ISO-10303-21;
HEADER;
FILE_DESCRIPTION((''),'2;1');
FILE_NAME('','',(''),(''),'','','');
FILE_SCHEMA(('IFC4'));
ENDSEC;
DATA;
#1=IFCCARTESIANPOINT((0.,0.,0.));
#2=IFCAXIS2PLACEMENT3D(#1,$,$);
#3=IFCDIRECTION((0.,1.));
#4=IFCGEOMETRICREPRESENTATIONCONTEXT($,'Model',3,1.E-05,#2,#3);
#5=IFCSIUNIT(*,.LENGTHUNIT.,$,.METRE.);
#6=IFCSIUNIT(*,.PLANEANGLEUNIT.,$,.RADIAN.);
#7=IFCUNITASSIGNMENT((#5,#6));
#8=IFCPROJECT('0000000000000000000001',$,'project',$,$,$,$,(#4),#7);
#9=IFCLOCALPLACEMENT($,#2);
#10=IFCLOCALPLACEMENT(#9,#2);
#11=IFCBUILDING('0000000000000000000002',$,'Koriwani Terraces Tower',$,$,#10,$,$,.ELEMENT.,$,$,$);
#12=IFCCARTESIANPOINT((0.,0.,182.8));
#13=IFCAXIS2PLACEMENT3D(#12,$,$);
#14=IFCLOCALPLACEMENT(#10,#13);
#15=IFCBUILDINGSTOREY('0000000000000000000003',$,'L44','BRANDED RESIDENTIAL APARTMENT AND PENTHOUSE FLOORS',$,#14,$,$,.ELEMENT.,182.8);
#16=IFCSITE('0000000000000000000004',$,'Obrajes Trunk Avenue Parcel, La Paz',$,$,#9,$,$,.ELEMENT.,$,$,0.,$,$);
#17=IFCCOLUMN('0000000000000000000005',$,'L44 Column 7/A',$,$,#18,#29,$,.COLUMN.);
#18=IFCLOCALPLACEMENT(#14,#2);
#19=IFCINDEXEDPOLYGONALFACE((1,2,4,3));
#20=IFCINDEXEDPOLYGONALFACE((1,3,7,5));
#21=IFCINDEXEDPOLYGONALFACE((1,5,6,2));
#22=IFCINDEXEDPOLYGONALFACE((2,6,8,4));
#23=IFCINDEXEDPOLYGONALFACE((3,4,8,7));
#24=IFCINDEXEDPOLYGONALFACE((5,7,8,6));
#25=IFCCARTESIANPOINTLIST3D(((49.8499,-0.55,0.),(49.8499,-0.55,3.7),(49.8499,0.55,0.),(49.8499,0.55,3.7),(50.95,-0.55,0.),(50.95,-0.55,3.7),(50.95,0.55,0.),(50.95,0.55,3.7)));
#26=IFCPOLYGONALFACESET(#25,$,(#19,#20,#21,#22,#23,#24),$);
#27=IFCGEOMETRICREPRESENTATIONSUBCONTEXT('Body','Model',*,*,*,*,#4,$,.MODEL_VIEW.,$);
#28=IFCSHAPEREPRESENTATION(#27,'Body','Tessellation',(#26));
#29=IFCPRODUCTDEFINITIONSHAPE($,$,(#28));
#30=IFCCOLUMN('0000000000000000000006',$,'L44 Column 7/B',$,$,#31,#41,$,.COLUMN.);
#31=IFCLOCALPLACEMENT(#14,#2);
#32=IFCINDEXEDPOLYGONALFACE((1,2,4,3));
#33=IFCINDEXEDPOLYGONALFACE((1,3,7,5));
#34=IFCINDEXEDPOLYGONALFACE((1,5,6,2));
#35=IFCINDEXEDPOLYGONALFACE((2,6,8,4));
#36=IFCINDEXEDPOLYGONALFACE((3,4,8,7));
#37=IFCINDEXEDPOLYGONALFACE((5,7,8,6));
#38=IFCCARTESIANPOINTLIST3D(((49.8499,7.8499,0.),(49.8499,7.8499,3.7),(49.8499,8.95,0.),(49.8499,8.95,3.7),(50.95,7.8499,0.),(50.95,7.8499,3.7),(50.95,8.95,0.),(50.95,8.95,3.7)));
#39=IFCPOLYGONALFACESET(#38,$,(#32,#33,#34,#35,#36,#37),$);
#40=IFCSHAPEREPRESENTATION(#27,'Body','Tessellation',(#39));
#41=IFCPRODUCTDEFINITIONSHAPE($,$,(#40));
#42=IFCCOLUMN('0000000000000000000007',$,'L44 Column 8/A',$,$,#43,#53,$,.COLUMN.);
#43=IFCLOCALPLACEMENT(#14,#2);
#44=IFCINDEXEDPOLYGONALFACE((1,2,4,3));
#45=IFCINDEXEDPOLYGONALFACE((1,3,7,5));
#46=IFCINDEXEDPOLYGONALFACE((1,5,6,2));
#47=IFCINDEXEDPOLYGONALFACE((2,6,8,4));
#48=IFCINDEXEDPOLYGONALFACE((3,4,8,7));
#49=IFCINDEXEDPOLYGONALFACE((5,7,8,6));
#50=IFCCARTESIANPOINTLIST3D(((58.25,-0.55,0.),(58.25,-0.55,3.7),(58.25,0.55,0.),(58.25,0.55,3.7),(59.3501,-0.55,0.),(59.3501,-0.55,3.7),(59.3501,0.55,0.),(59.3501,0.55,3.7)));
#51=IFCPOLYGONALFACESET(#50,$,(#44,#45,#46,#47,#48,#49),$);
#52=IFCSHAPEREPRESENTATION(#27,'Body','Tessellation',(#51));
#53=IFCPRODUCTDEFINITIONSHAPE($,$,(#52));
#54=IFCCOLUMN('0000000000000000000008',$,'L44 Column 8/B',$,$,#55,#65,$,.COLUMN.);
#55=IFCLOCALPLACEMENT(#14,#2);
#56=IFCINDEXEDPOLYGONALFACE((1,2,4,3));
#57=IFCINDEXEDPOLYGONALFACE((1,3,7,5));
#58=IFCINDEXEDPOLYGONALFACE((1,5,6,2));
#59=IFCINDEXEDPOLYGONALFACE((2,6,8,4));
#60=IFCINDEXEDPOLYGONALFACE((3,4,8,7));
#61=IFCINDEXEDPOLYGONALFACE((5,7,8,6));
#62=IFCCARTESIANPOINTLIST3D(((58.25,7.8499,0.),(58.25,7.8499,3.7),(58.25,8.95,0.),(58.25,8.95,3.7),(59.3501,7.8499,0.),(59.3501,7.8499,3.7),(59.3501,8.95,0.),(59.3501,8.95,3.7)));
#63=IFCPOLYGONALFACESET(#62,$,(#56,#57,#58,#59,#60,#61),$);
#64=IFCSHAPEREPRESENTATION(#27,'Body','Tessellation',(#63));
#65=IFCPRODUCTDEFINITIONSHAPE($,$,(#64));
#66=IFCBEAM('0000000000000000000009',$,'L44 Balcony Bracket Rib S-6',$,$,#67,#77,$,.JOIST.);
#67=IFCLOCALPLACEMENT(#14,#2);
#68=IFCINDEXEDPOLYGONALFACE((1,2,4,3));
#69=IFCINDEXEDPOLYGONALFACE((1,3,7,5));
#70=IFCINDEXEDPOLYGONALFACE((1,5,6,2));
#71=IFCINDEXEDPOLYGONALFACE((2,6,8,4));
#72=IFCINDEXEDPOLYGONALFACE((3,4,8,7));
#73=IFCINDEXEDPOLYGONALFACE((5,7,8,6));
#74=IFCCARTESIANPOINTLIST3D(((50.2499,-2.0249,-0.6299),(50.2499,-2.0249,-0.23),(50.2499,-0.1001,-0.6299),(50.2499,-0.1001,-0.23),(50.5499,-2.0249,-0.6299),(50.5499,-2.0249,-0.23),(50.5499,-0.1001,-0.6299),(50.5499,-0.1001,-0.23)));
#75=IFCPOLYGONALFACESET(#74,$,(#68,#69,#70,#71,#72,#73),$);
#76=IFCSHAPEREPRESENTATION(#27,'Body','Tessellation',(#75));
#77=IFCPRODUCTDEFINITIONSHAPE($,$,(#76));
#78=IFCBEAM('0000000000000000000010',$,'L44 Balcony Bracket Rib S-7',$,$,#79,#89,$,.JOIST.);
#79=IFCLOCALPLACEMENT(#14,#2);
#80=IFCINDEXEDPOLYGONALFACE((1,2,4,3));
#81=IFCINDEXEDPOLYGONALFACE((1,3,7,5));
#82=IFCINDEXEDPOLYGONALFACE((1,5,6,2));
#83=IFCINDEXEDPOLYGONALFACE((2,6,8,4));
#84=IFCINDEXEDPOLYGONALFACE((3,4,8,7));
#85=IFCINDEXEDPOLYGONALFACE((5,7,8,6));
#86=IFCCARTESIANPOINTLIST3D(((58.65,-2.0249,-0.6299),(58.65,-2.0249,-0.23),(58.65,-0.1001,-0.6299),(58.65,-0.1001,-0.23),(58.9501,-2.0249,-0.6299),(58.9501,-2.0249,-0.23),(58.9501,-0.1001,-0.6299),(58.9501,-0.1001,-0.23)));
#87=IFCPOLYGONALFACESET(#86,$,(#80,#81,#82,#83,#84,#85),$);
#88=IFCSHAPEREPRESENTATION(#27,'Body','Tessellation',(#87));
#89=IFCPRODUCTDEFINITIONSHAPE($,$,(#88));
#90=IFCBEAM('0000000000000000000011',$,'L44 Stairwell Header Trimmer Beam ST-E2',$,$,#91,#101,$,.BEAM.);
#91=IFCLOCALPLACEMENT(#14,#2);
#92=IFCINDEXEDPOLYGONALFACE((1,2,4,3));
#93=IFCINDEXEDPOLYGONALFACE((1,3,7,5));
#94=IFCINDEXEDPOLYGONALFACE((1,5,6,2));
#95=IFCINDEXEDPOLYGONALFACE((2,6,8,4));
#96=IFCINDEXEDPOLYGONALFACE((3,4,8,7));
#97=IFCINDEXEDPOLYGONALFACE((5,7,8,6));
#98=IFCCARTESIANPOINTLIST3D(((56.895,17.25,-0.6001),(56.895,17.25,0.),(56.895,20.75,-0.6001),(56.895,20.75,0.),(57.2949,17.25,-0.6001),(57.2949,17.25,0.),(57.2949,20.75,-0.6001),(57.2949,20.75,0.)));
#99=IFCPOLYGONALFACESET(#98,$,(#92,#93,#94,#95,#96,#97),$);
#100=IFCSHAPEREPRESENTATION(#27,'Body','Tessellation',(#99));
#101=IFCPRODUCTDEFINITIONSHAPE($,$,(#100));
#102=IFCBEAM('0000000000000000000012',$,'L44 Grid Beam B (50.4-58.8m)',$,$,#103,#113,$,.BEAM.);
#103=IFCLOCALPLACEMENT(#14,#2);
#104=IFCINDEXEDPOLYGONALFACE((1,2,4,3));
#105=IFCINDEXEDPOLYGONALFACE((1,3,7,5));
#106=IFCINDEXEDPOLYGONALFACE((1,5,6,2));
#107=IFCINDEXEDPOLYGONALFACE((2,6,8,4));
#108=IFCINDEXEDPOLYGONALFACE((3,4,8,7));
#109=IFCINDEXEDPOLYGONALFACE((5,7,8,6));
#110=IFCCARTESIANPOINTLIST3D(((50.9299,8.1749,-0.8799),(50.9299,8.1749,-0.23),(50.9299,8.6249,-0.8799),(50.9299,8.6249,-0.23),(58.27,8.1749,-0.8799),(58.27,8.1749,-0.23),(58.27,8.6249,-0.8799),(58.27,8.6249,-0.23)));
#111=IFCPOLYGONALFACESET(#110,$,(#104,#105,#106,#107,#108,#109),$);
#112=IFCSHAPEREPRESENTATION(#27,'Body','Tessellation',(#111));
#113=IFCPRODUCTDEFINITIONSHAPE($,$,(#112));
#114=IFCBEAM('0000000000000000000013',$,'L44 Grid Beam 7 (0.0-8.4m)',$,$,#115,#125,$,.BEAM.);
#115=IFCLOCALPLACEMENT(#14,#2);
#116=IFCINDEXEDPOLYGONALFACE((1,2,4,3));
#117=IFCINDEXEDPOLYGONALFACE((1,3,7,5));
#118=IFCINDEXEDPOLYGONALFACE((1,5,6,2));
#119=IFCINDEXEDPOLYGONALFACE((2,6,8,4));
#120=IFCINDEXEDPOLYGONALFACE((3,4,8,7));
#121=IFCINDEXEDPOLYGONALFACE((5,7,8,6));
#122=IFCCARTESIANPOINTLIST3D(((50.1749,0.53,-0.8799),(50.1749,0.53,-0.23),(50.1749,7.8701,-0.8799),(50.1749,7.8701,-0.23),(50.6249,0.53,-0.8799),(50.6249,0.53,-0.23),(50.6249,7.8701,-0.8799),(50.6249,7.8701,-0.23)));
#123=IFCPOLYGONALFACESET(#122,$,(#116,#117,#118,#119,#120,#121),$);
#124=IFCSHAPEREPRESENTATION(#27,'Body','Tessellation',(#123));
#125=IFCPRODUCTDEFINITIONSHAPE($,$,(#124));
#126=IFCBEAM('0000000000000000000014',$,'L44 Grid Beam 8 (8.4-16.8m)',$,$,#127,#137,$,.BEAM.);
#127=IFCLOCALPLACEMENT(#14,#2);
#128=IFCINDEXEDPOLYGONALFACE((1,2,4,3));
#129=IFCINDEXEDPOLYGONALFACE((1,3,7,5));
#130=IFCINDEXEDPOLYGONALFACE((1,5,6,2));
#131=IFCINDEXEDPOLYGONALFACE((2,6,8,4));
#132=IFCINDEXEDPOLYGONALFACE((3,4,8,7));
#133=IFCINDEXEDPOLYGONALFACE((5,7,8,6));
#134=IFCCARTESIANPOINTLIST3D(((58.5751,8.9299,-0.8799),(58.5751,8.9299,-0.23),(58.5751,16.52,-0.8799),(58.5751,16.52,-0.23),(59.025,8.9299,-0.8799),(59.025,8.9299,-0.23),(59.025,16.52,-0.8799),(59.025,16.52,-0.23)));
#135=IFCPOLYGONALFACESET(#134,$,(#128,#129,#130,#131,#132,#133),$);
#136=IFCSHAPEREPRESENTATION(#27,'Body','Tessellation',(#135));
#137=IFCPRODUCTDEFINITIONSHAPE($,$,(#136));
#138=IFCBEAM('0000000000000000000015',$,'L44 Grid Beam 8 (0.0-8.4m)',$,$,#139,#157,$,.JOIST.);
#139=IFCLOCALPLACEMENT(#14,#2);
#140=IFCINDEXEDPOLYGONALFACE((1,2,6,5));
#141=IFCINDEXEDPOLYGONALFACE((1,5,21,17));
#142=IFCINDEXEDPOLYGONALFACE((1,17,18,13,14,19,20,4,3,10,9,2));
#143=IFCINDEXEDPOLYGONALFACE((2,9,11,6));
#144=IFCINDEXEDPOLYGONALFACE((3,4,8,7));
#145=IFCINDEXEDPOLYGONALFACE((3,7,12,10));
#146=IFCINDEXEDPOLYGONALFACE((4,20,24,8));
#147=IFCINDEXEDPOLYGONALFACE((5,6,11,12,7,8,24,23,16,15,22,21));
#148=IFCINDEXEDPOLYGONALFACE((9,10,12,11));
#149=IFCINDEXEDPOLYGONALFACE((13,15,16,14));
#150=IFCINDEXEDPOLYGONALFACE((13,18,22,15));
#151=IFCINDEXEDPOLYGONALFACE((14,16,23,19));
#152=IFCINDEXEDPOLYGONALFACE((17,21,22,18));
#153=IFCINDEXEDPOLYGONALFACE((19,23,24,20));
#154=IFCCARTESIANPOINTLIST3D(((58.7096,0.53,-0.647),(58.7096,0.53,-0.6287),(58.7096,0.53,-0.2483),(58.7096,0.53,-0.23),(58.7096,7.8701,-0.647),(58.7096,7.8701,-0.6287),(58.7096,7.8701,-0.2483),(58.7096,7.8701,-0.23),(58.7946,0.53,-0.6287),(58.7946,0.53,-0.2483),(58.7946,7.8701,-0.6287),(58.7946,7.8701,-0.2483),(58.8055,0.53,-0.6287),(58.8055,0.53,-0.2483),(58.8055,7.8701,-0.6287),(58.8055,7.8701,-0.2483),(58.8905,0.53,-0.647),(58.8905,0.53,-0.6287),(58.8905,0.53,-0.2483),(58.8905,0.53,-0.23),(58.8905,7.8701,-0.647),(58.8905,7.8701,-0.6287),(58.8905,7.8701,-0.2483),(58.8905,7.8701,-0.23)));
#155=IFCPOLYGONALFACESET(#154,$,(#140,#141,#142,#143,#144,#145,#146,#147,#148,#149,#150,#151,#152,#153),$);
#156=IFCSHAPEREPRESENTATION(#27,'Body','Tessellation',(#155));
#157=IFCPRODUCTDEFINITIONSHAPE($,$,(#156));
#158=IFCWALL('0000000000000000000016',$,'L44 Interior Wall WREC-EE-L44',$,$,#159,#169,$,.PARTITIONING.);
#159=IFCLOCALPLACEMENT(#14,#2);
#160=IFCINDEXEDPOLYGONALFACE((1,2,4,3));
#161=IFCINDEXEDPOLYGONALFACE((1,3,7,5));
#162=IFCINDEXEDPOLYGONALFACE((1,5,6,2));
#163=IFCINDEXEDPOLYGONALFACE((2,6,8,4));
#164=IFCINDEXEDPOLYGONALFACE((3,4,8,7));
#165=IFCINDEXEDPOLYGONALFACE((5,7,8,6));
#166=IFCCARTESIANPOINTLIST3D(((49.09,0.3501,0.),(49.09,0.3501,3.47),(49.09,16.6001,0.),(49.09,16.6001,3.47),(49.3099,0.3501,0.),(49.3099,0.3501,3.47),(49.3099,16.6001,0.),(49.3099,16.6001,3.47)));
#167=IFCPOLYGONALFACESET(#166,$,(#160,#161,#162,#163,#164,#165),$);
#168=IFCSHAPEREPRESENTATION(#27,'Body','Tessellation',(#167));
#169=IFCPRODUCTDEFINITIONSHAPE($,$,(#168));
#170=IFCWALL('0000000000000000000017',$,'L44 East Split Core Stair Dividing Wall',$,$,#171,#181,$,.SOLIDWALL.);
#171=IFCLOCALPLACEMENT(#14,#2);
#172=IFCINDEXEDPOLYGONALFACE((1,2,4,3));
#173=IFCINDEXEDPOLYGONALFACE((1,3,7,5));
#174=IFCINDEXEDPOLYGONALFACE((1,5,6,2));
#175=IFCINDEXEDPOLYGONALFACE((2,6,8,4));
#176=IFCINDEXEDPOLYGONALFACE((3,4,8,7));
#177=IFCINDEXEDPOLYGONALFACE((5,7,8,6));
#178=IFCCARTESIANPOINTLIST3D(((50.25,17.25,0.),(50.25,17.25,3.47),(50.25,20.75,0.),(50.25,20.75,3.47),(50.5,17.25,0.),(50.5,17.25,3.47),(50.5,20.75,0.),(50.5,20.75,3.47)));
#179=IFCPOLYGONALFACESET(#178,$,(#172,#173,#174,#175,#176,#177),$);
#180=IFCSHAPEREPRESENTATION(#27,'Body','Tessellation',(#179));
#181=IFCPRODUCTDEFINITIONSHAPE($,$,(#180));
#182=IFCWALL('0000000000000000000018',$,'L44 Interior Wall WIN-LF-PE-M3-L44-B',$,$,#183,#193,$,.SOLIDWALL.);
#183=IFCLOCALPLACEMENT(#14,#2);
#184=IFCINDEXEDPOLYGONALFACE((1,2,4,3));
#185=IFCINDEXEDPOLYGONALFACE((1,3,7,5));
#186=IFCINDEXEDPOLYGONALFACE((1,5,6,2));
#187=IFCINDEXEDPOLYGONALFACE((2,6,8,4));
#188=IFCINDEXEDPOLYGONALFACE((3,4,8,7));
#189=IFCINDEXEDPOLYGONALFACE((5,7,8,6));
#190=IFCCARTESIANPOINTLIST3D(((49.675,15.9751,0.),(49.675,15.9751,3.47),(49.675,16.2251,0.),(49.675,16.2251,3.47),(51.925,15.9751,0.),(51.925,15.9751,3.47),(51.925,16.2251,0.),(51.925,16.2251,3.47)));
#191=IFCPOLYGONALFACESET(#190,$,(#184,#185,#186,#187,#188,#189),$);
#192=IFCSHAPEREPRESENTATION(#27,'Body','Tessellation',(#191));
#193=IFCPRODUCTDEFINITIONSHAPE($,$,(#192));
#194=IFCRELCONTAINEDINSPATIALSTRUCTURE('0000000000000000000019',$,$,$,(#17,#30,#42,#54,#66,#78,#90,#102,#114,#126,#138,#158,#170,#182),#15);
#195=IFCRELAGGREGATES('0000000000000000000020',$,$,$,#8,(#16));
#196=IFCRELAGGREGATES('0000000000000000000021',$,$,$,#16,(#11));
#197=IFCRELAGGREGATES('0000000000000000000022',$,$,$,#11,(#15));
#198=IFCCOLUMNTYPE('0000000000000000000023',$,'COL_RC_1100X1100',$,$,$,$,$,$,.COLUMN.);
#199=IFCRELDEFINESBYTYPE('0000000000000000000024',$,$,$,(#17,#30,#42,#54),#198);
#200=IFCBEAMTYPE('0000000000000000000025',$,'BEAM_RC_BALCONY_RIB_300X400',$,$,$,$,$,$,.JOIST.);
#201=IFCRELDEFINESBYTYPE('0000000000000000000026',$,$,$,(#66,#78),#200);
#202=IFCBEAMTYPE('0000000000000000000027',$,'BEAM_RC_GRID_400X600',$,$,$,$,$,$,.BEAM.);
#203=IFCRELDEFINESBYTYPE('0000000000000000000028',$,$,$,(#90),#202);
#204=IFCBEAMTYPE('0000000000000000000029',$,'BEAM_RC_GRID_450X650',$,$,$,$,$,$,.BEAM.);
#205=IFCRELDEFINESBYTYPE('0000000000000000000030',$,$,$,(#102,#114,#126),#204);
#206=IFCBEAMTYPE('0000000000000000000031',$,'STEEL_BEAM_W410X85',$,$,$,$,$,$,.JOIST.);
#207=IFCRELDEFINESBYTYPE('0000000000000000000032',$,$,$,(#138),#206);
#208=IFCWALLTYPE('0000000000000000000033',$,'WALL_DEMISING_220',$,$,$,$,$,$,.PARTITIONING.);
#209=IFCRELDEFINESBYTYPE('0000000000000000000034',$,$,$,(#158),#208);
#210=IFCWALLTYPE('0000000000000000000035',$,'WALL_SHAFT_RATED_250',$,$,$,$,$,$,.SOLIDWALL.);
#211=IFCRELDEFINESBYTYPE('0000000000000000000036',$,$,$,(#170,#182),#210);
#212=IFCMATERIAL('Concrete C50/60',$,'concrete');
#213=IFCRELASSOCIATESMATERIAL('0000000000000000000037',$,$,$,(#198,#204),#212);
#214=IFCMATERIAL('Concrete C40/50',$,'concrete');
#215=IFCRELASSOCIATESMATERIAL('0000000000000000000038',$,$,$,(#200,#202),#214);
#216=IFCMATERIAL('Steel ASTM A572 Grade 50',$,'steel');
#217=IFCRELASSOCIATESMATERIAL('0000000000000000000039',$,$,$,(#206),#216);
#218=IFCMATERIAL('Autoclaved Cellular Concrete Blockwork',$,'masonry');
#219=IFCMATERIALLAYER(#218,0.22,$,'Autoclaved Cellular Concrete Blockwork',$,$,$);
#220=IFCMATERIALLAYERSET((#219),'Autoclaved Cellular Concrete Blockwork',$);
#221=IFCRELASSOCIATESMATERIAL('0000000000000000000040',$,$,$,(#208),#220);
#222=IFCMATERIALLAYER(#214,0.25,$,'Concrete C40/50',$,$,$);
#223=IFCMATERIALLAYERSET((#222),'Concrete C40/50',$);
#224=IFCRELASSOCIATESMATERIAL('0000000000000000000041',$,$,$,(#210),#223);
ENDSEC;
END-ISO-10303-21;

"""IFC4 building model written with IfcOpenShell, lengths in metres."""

from ifc_helpers import new_model, si_unit, direction, frame, frame_2d, origin, origin_2d, place, context, subcontext, project, spatial, rectangle, i_section, extrude, material, layer, layer_set, material_profile, profile_set, type_object, element, save


model = new_model("IFC4")

# Units and contexts
model_context = context("Model", 3, precision=1e-05, world=origin(), true_north=direction((0.0, 1.0)))
body_context = subcontext(model_context, "Body", "Model", "MODEL_VIEW")
ifc_project = project(units=[si_unit("LENGTHUNIT", "METRE"), si_unit("PLANEANGLEUNIT", "RADIAN")], contexts=[model_context])

# Site, building, storey
site_placement = place(None, origin())
site = spatial("IfcSite", under=ifc_project, at=site_placement, Name="Obrajes Trunk Avenue Parcel, La Paz", CompositionType="ELEMENT", RefElevation=0.0)
building_placement = place(site_placement, origin())
building = spatial("IfcBuilding", under=site, at=building_placement, Name="Koriwani Terraces Tower", CompositionType="ELEMENT")
storey_placement = place(building_placement, frame((0.0, 0.0, 182.8)))
storey = spatial("IfcBuildingStorey", under=building, at=storey_placement, Name="L44", Description="BRANDED RESIDENTIAL APARTMENT AND PENTHOUSE FLOORS", CompositionType="ELEMENT", Elevation=182.8)

# Columns
ifc_material_1 = material(Name="Concrete C50/60", Category="concrete")
ifc_material_profile_1 = material_profile(ifc_material_1, rectangle(XDim=1.1001, YDim=1.1001, at=origin_2d()), Name="Concrete C50/60", Category="LoadBearing")
ifc_profile_set_1 = profile_set([ifc_material_profile_1], Name="Concrete C50/60")
column_type = type_object("IfcColumnType", Name="COL_RC_1100X1100", PredefinedType="COLUMN", material=ifc_profile_set_1)
for number, where, z_axis, x_axis, name in (
    (1, (50.3999, 0.0, 0.0), (0.0, 0.0, 1.0), (1.0, 0.0, 0.0), "L44 Column 7/A"),
    (2, (50.3999, 8.3999, 0.0), (0.0, 0.0, 1.0), (1.0, 0.0, 0.0), "L44 Column 7/B"),
    (3, (58.8, 0.0, 0.0), (0.0, 0.0, 1.0), (1.0, 0.0, 0.0), "L44 Column 8/A"),
    (4, (58.8, 8.3999, 0.0), (0.0, 0.0, 1.0), (1.0, 0.0, 0.0), "L44 Column 8/B"),
):
    element("IfcColumn", number, at=place(storey_placement, frame(where, z_axis=z_axis, x_axis=x_axis)), inside=storey, type_object=column_type, Name=name, PredefinedType="COLUMN", context=body_context, shape_type="SweptSolid", body=[
        extrude(rectangle(XDim=1.1001, YDim=1.1001, at=origin_2d()), origin(), (0.0, 0.0, 1.0), 3.7),
    ])

# Beams
ifc_material_2 = material(Name="Concrete C40/50", Category="concrete")
ifc_material_profile_2 = material_profile(ifc_material_2, rectangle(XDim=0.3, YDim=0.3999, at=origin_2d()), Name="Concrete C40/50", Category="LoadBearing")
ifc_profile_set_2 = profile_set([ifc_material_profile_2], Name="Concrete C40/50")
beam_type_1 = type_object("IfcBeamType", Name="BEAM_RC_BALCONY_RIB_300X400", PredefinedType="JOIST", material=ifc_profile_set_2)
for number, where, z_axis, x_axis, name in (
    (5, (50.3999, -2.0249, -0.4299), (0.0, 1.0, 0.0), (-1.0, 0.0, 0.0), "L44 Balcony Bracket Rib S-6"),
    (6, (58.8, -2.0249, -0.4299), (0.0, 1.0, 0.0), (-1.0, 0.0, 0.0), "L44 Balcony Bracket Rib S-7"),
):
    element("IfcBeam", number, at=place(storey_placement, frame(where, z_axis=z_axis, x_axis=x_axis)), inside=storey, type_object=beam_type_1, Name=name, PredefinedType="JOIST", context=body_context, shape_type="SweptSolid", body=[
        extrude(rectangle(XDim=0.3, YDim=0.3999, at=origin_2d()), origin(), (0.0, 0.0, 1.0), 1.9248),
    ])
ifc_material_profile_3 = material_profile(ifc_material_2, rectangle(XDim=0.3999, YDim=0.6001, at=origin_2d()), Name="Concrete C40/50", Category="LoadBearing")
ifc_profile_set_3 = profile_set([ifc_material_profile_3], Name="Concrete C40/50")
beam_type_2 = type_object("IfcBeamType", Name="BEAM_RC_GRID_400X600", PredefinedType="BEAM", material=ifc_profile_set_3)
beam_1_placement = place(storey_placement, frame((57.095, 17.25, -0.3), z_axis=(0.0, 1.0, 0.0), x_axis=(-1.0, 0.0, 0.0)))
element("IfcBeam", 7, at=beam_1_placement, inside=storey, type_object=beam_type_2, Name="L44 Stairwell Header Trimmer Beam ST-E2", PredefinedType="BEAM", context=body_context, shape_type="SweptSolid", body=[
    extrude(rectangle(XDim=0.3999, YDim=0.6001, at=origin_2d()), origin(), (0.0, 0.0, 1.0), 3.5),
])
ifc_material_profile_4 = material_profile(ifc_material_1, rectangle(XDim=0.45, YDim=0.6499, at=origin_2d()), Name="Concrete C50/60", Category="LoadBearing")
ifc_profile_set_4 = profile_set([ifc_material_profile_4], Name="Concrete C50/60")
beam_type_3 = type_object("IfcBeamType", Name="BEAM_RC_GRID_450X650", PredefinedType="BEAM", material=ifc_profile_set_4)
for number, where, z_axis, x_axis, name in (
    (8, (50.9299, 8.3999, -0.5549), (1.0, 0.0, 0.0), (0.0, 1.0, 0.0), "L44 Grid Beam B (50.4-58.8m)"),
    (9, (50.3999, 0.53, -0.5549), (0.0, 1.0, 0.0), (-1.0, 0.0, 0.0), "L44 Grid Beam 7 (0.0-8.4m)"),
):
    element("IfcBeam", number, at=place(storey_placement, frame(where, z_axis=z_axis, x_axis=x_axis)), inside=storey, type_object=beam_type_3, Name=name, PredefinedType="BEAM", context=body_context, shape_type="SweptSolid", body=[
        extrude(rectangle(XDim=0.45, YDim=0.6499, at=origin_2d()), origin(), (0.0, 0.0, 1.0), 7.3401),
    ])
beam_2_placement = place(storey_placement, frame((58.8, 8.9299, -0.5549), z_axis=(0.0, 1.0, 0.0), x_axis=(-1.0, 0.0, 0.0)))
element("IfcBeam", 10, at=beam_2_placement, inside=storey, type_object=beam_type_3, Name="L44 Grid Beam 8 (8.4-16.8m)", PredefinedType="BEAM", context=body_context, shape_type="SweptSolid", body=[
    extrude(rectangle(XDim=0.45, YDim=0.6499, at=origin_2d()), origin(), (0.0, 0.0, 1.0), 7.5901),
])
ifc_material_3 = material(Name="Steel ASTM A572 Grade 50", Category="steel")
ifc_material_profile_5 = material_profile(ifc_material_3, i_section(OverallWidth=0.1809, OverallDepth=0.417, WebThickness=0.011, FlangeThickness=0.0183, at=origin_2d()), Name="Steel ASTM A572 Grade 50", Category="LoadBearing")
ifc_profile_set_5 = profile_set([ifc_material_profile_5], Name="Steel ASTM A572 Grade 50")
beam_type_4 = type_object("IfcBeamType", Name="STEEL_BEAM_W410X85", PredefinedType="JOIST", material=ifc_profile_set_5)
beam_3_placement = place(storey_placement, frame((58.8, 0.53, -0.4385), z_axis=(0.0, 1.0, 0.0), x_axis=(-1.0, 0.0, 0.0)))
element("IfcBeam", 11, at=beam_3_placement, inside=storey, type_object=beam_type_4, Name="L44 Grid Beam 8 (0.0-8.4m)", PredefinedType="JOIST", context=body_context, shape_type="SweptSolid", body=[
    extrude(i_section(OverallWidth=0.1809, OverallDepth=0.417, WebThickness=0.011, FlangeThickness=0.0183, at=origin_2d()), origin(), (0.0, 0.0, 1.0), 7.3401),
])

# Walls
ifc_material_4 = material(Name="Autoclaved Cellular Concrete Blockwork", Category="masonry")
ifc_layer_1 = layer(ifc_material_4, 0.22, Name="Autoclaved Cellular Concrete Blockwork")
ifc_layer_set_1 = layer_set([ifc_layer_1], Name="Autoclaved Cellular Concrete Blockwork")
wall_type_1 = type_object("IfcWallType", Name="WALL_DEMISING_220", PredefinedType="PARTITIONING", material=ifc_layer_set_1)
wall_1_placement = place(storey_placement, frame((49.2, 0.3501, 0.0), z_axis=(0.0, 0.0, 1.0), x_axis=(0.0, 1.0, 0.0)))
element("IfcWall", 12, at=wall_1_placement, inside=storey, type_object=wall_type_1, Name="L44 Interior Wall WREC-EE-L44", PredefinedType="PARTITIONING", context=body_context, shape_type="SweptSolid", body=[
    extrude(rectangle(XDim=16.25, YDim=0.22, at=frame_2d((8.125, 0.0))), origin(), (0.0, 0.0, 1.0), 3.47),
])
ifc_layer_2 = layer(ifc_material_2, 0.25, Name="Concrete C40/50")
ifc_layer_set_2 = layer_set([ifc_layer_2], Name="Concrete C40/50")
wall_type_2 = type_object("IfcWallType", Name="WALL_SHAFT_RATED_250", PredefinedType="SOLIDWALL", material=ifc_layer_set_2)
wall_2_placement = place(storey_placement, frame((50.375, 17.25, 0.0), z_axis=(0.0, 0.0, 1.0), x_axis=(0.0, 1.0, 0.0)))
element("IfcWall", 13, at=wall_2_placement, inside=storey, type_object=wall_type_2, Name="L44 East Split Core Stair Dividing Wall", PredefinedType="SOLIDWALL", context=body_context, shape_type="SweptSolid", body=[
    extrude(rectangle(XDim=3.5, YDim=0.25, at=frame_2d((1.75, 0.0))), origin(), (0.0, 0.0, 1.0), 3.47),
])

# Wall
for number, where, z_axis, x_axis, name in (
    (14, (49.675, 16.1001, 0.0), (0.0, 0.0, 1.0), (1.0, 0.0, 0.0), "L44 Interior Wall WIN-LF-PE-M3-L44-B"),
):
    element("IfcWall", number, at=place(storey_placement, frame(where, z_axis=z_axis, x_axis=x_axis)), inside=storey, type_object=wall_type_2, Name=name, PredefinedType="SOLIDWALL", context=body_context, shape_type="SweptSolid", body=[
        extrude(rectangle(XDim=2.25, YDim=0.25, at=frame_2d((1.125, 0.0))), origin(), (0.0, 0.0, 1.0), 3.47),
    ])

save(model, "model.ifc")
